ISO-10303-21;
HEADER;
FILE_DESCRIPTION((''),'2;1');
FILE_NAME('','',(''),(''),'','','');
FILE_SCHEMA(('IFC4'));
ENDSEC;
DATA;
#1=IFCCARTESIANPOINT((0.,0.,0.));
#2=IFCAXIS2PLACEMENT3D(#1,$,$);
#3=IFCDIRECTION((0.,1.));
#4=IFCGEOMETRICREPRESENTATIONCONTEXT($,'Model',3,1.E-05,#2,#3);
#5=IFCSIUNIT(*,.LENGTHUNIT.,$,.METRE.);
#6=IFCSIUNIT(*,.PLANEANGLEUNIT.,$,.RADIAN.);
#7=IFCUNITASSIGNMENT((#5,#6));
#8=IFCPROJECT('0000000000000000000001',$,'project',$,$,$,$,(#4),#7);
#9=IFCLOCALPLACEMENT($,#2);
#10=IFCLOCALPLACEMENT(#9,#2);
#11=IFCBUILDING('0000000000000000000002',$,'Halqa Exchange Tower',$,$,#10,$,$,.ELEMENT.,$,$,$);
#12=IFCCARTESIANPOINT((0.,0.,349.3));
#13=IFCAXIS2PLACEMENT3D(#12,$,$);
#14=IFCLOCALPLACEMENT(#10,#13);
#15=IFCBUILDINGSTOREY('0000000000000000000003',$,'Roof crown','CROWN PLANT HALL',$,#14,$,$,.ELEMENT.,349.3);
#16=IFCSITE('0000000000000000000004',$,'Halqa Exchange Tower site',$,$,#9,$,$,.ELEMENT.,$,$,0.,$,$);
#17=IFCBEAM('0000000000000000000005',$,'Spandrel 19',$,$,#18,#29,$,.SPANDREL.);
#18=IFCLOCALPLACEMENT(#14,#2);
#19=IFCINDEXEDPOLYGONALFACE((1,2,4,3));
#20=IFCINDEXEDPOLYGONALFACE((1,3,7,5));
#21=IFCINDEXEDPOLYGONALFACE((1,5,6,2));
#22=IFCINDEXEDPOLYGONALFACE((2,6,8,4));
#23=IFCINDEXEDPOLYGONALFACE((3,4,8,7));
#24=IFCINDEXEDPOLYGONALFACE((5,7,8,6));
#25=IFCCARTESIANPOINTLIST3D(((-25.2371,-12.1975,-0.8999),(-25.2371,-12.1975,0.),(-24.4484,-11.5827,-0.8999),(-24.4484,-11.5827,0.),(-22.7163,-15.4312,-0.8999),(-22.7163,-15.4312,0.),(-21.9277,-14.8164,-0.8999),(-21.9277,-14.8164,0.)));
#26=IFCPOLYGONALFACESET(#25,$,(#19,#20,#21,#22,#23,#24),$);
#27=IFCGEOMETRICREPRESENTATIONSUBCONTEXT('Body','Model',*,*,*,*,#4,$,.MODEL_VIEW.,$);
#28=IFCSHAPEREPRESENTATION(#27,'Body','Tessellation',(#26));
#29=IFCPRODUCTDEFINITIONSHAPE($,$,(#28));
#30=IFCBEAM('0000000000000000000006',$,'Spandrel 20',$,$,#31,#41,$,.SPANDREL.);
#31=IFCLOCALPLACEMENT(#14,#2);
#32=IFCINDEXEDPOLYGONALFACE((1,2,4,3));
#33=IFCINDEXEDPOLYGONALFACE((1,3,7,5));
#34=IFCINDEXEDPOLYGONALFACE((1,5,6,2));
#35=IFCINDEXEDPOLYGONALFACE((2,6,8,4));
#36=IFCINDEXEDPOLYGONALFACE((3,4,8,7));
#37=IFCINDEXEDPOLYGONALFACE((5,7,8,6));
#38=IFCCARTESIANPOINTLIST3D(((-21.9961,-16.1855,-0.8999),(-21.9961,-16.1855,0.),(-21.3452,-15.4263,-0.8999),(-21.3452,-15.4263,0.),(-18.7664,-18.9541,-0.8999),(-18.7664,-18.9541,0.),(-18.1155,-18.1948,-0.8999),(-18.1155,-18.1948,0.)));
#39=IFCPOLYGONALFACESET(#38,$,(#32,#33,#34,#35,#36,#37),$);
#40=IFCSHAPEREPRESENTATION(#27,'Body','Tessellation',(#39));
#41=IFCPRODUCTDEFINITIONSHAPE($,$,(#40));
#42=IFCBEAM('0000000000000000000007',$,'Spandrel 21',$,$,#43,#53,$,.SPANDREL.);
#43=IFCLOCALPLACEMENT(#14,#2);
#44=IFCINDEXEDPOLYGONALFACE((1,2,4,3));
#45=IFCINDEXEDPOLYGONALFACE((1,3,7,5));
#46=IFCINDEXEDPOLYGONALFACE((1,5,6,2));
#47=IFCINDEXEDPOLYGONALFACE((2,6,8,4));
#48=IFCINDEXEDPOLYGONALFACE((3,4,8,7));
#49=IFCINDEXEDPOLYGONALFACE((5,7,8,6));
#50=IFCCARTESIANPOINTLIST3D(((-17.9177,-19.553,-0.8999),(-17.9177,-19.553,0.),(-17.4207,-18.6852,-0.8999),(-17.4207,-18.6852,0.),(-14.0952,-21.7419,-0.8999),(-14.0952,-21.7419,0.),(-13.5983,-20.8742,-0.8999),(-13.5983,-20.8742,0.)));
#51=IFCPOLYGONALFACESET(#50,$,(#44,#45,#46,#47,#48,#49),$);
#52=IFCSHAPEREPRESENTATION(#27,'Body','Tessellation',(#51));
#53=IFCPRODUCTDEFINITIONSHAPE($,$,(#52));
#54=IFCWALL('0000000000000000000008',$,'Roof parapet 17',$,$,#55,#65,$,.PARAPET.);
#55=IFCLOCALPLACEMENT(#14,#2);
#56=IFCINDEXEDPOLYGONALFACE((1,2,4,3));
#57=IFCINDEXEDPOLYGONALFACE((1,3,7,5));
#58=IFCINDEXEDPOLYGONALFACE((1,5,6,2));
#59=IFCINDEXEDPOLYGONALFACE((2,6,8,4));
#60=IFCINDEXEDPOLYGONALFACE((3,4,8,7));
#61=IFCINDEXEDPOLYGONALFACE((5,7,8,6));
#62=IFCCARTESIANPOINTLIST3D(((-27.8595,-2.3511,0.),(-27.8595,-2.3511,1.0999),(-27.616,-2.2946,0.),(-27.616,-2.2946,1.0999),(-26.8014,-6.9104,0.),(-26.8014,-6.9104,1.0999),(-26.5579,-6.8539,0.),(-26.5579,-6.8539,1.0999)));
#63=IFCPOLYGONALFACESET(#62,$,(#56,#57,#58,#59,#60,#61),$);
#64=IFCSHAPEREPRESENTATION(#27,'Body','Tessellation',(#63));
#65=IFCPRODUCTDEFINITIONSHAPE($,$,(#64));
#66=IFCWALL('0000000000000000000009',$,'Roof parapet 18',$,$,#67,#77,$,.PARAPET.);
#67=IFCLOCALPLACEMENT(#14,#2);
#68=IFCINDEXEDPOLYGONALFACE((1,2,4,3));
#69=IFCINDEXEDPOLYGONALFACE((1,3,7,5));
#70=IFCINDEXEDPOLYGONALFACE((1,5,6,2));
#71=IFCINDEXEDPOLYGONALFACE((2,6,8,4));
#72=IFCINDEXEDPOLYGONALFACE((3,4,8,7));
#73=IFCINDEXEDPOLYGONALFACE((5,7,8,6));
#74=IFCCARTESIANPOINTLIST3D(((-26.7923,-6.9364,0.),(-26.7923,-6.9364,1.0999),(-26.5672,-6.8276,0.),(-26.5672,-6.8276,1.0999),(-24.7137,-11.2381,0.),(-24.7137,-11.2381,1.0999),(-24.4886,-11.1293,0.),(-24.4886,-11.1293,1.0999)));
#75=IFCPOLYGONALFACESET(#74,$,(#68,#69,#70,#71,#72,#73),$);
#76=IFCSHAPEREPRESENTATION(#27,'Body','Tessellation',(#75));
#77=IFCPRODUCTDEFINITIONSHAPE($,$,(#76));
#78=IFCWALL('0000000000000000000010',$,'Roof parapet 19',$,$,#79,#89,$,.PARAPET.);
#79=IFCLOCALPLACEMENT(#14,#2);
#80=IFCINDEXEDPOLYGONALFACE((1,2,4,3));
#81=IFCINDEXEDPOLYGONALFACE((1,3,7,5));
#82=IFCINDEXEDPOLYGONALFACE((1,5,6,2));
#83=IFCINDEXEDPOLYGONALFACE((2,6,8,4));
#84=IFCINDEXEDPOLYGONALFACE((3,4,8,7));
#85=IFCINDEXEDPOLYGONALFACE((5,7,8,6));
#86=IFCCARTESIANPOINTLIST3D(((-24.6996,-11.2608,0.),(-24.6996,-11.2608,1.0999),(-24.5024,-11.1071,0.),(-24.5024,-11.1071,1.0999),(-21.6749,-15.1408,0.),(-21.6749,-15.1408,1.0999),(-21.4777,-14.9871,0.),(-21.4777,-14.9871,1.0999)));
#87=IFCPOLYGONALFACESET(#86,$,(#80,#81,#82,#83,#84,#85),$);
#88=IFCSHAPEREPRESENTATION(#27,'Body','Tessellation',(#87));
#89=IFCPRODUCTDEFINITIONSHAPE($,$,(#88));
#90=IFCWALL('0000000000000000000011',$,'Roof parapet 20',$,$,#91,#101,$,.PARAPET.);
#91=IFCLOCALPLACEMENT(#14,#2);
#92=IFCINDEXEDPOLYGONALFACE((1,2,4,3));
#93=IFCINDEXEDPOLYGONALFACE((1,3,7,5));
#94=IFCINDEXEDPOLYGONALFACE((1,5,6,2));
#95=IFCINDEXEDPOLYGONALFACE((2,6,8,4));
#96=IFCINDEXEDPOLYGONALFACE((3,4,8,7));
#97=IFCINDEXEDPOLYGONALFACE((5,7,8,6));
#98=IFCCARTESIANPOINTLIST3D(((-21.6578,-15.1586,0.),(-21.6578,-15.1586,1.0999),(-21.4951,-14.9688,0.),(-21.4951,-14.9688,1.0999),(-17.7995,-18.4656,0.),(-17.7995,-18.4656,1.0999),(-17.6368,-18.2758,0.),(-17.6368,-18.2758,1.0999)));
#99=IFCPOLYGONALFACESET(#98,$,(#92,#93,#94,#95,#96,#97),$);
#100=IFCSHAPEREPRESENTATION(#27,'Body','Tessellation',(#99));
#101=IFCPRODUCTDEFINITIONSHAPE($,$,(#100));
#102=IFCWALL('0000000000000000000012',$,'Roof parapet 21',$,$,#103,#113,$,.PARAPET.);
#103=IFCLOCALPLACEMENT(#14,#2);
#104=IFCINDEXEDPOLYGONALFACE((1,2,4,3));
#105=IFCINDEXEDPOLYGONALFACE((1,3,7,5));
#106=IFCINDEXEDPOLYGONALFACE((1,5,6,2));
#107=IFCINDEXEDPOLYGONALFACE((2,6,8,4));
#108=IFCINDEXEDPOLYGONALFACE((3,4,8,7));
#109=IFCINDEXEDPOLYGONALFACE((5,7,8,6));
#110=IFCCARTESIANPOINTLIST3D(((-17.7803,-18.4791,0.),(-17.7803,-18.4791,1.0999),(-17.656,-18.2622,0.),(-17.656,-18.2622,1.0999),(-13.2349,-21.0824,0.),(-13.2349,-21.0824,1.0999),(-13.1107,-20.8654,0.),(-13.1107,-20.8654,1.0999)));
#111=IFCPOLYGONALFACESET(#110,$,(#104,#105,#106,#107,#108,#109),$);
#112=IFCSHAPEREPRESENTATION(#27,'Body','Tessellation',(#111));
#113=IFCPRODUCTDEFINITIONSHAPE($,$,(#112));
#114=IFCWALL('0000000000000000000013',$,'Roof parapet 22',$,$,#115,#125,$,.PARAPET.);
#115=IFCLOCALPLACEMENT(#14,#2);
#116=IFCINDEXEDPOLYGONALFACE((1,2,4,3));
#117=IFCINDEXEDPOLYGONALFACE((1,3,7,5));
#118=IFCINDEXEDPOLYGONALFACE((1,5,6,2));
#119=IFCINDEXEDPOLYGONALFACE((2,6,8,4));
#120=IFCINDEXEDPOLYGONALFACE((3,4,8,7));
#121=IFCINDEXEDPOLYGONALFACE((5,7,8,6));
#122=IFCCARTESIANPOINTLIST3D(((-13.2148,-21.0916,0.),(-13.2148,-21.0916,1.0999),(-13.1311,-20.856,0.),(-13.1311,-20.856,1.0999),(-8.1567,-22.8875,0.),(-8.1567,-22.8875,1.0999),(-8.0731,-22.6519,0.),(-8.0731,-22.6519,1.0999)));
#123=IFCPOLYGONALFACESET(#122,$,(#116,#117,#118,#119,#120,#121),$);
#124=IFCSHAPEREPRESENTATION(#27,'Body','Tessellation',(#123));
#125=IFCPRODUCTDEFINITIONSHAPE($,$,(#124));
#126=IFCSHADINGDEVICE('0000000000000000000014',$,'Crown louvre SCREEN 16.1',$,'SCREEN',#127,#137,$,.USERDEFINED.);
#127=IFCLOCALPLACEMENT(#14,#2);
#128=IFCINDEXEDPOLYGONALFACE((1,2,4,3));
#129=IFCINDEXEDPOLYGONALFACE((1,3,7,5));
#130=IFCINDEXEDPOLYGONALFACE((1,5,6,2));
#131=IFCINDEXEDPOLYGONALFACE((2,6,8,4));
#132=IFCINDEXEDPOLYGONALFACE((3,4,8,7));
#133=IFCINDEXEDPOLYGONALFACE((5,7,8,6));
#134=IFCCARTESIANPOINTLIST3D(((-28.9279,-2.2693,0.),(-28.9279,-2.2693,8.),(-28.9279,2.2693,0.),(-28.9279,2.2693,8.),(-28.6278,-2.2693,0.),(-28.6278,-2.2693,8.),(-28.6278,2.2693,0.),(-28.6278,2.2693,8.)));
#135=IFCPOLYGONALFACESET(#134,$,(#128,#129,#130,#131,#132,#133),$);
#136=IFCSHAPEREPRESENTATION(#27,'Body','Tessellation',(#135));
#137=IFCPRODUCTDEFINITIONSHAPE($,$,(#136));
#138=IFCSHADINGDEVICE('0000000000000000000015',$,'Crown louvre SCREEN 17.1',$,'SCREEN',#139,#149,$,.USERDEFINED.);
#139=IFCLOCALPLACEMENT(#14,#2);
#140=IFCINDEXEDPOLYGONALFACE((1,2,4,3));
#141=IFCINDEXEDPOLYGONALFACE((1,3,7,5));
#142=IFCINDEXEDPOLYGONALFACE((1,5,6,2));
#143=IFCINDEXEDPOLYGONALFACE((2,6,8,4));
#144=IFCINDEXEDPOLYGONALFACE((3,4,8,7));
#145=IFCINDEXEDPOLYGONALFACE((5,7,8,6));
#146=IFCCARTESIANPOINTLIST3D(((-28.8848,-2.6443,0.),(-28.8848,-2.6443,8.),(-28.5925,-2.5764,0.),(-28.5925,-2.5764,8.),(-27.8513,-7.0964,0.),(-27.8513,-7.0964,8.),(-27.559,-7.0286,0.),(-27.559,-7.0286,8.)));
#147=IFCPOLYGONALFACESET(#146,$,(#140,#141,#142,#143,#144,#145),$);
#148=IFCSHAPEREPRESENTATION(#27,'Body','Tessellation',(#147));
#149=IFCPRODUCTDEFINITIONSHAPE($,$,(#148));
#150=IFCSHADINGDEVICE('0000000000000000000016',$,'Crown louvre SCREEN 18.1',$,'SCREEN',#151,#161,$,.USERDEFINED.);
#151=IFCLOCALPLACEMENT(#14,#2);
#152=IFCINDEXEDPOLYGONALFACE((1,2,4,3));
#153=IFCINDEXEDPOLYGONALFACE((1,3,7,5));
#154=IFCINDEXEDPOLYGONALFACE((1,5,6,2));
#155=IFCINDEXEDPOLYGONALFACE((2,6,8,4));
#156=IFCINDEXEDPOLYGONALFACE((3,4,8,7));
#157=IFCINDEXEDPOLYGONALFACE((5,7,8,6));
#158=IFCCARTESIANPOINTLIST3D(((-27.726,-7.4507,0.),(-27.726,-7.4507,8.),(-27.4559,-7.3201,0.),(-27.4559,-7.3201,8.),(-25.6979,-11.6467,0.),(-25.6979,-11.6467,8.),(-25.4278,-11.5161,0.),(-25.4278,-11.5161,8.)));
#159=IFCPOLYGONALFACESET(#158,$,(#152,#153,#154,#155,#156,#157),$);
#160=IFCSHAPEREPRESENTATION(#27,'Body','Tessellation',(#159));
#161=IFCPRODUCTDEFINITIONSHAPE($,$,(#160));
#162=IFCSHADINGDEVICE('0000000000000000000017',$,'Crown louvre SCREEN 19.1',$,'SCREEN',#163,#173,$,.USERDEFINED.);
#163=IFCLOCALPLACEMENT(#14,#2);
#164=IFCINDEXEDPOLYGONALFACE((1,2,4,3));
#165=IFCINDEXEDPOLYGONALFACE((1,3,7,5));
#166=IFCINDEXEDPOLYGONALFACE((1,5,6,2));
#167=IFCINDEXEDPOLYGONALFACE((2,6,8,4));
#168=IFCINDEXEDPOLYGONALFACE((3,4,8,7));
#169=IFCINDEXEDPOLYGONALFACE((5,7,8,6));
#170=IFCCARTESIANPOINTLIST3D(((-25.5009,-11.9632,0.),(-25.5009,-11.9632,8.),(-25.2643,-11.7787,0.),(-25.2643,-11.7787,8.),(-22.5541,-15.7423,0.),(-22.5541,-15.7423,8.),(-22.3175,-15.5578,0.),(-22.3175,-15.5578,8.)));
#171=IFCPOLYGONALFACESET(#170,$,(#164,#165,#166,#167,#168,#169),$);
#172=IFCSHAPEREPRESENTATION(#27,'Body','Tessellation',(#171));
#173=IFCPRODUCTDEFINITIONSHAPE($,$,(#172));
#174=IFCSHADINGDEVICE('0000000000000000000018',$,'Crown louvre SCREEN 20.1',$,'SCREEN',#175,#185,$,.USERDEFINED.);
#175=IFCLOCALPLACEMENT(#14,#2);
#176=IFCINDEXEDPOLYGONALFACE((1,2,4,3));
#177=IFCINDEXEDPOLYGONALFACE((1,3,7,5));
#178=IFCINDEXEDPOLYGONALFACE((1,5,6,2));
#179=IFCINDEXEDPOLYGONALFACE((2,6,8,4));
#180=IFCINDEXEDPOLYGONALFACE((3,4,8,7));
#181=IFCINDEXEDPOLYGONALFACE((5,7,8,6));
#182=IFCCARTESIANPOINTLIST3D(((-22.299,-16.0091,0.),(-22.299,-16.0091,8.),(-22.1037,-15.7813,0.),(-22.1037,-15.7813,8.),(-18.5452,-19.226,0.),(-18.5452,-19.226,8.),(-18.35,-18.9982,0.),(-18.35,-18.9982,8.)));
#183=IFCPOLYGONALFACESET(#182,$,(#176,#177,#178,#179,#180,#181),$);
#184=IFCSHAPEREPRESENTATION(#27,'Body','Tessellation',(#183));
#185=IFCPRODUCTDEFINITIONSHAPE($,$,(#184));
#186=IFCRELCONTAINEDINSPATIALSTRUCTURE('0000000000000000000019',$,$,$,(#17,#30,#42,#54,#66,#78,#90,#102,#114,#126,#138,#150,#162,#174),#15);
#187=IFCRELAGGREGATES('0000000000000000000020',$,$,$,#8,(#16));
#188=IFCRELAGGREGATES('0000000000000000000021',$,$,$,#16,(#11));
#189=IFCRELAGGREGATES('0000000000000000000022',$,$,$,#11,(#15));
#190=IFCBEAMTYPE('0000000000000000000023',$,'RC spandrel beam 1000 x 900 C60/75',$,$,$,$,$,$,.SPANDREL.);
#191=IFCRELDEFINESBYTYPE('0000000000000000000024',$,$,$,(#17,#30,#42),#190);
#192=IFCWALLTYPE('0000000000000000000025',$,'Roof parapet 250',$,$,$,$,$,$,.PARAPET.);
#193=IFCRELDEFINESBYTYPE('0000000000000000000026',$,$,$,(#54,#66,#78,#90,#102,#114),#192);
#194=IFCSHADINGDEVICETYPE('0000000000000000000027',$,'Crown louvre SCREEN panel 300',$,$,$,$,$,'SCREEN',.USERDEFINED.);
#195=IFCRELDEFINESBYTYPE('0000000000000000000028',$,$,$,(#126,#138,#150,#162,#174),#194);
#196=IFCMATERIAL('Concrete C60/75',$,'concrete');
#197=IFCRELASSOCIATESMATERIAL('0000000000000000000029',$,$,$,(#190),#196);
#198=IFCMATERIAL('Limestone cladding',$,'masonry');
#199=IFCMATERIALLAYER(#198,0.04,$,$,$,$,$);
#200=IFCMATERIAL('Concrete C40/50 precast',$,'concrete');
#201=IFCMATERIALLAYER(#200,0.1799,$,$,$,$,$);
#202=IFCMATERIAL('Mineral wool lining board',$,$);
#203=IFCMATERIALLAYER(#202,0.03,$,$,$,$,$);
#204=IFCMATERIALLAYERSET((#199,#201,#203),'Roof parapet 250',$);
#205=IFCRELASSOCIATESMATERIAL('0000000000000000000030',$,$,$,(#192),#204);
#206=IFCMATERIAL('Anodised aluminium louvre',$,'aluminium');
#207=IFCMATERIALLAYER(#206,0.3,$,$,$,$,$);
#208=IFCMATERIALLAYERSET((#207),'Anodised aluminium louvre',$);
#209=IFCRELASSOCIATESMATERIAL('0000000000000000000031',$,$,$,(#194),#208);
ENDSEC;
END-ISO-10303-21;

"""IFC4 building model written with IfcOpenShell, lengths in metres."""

from ifc_helpers import new_model, si_unit, direction, frame, frame_2d, origin, origin_2d, place, context, subcontext, project, spatial, rectangle, extrude, material, layer, layer_set, material_profile, profile_set, type_object, element, save


model = new_model("IFC4")

# Units and contexts
model_context = context("Model", 3, precision=1e-05, world=origin(), true_north=direction((0.0, 1.0)))
body_context = subcontext(model_context, "Body", "Model", "MODEL_VIEW")
ifc_project = project(units=[si_unit("LENGTHUNIT", "METRE"), si_unit("PLANEANGLEUNIT", "RADIAN")], contexts=[model_context])

# Site, building, storey
site_placement = place(None, origin())
site = spatial("IfcSite", under=ifc_project, at=site_placement, Name="Halqa Exchange Tower site", CompositionType="ELEMENT", RefElevation=0.0)
building_placement = place(site_placement, origin())
building = spatial("IfcBuilding", under=site, at=building_placement, Name="Halqa Exchange Tower", CompositionType="ELEMENT")
storey_placement = place(building_placement, frame((0.0, 0.0, 349.3)))
storey = spatial("IfcBuildingStorey", under=building, at=storey_placement, Name="Roof crown", Description="CROWN PLANT HALL", CompositionType="ELEMENT", Elevation=349.3)

# Beams
ifc_material_1 = material(Name="Concrete C60/75", Category="concrete")
ifc_material_profile_1 = material_profile(ifc_material_1, rectangle(XDim=1.0, YDim=0.8999, at=origin_2d()), Name="1000 x 900")
ifc_profile_set_1 = profile_set([ifc_material_profile_1], Name="Concrete C60/75")
beam_type = type_object("IfcBeamType", Name="RC spandrel beam 1000 x 900 C60/75", PredefinedType="SPANDREL", material=ifc_profile_set_1)
beam_1_placement = place(storey_placement, frame((-24.8428, -11.8901, -0.45), z_axis=(0.614806, -0.788678, 0.0), x_axis=(0.788678, 0.614806, 0.0)))
element("IfcBeam", 1, at=beam_1_placement, inside=storey, type_object=beam_type, Name="Spandrel 19", PredefinedType="SPANDREL", context=body_context, shape_type="SweptSolid", body=[
    extrude(rectangle(XDim=1.0, YDim=0.8999, at=origin_2d()), origin(), (0.0, 0.0, 1.0), 4.1001),
])
beam_2_placement = place(storey_placement, frame((-21.6707, -15.8059, -0.45), z_axis=(0.759232, -0.65082, 0.0), x_axis=(0.65082, 0.759232, 0.0)))
element("IfcBeam", 2, at=beam_2_placement, inside=storey, type_object=beam_type, Name="Spandrel 20", PredefinedType="SPANDREL", context=body_context, shape_type="SweptSolid", body=[
    extrude(rectangle(XDim=1.0, YDim=0.8999, at=origin_2d()), origin(), (0.0, 0.0, 1.0), 4.2539),
])
beam_3_placement = place(storey_placement, frame((-17.6692, -19.1191, -0.45), z_axis=(0.867786, -0.496939, 0.0), x_axis=(0.496939, 0.867786, 0.0)))
element("IfcBeam", 3, at=beam_3_placement, inside=storey, type_object=beam_type, Name="Spandrel 21", PredefinedType="SPANDREL", context=body_context, shape_type="SweptSolid", body=[
    extrude(rectangle(XDim=1.0, YDim=0.8999, at=origin_2d()), origin(), (0.0, 0.0, 1.0), 4.4048),
])

# Walls
ifc_material_2 = material(Name="Limestone cladding", Category="masonry")
ifc_layer_1 = layer(ifc_material_2, 0.04)
ifc_material_3 = material(Name="Concrete C40/50 precast", Category="concrete")
ifc_layer_2 = layer(ifc_material_3, 0.1799)
ifc_material_4 = material(Name="Mineral wool lining board")
ifc_layer_3 = layer(ifc_material_4, 0.03)
ifc_layer_set_1 = layer_set([ifc_layer_1, ifc_layer_2, ifc_layer_3], Name="Roof parapet 250")
wall_type = type_object("IfcWallType", Name="Roof parapet 250", PredefinedType="PARAPET", material=ifc_layer_set_1)
wall_1_placement = place(storey_placement, frame((-27.7378, -2.3228, 0.0), z_axis=(0.0, 0.0, 1.0), x_axis=(0.226067, -0.974112, 0.0)))
element("IfcWall", 4, at=wall_1_placement, inside=storey, type_object=wall_type, Name="Roof parapet 17", PredefinedType="PARAPET", context=body_context, shape_type="SweptSolid", body=[
    extrude(rectangle(XDim=4.6804, YDim=0.25, at=frame_2d((2.3403, 0.0))), origin(), (0.0, 0.0, 1.0), 1.0999),
])
wall_2_placement = place(storey_placement, frame((-26.6797, -6.8821, 0.0), z_axis=(0.0, 0.0, 1.0), x_axis=(0.435072, -0.900396, 0.0)))
element("IfcWall", 5, at=wall_2_placement, inside=storey, type_object=wall_type, Name="Roof parapet 18", PredefinedType="PARAPET", context=body_context, shape_type="SweptSolid", body=[
    extrude(rectangle(XDim=4.7776, YDim=0.25, at=frame_2d((2.3887, 0.0))), origin(), (0.0, 0.0, 1.0), 1.0999),
])
wall_3_placement = place(storey_placement, frame((-24.6011, -11.1838, 0.0), z_axis=(0.0, 0.0, 1.0), x_axis=(0.614823, -0.788665, 0.0)))
element("IfcWall", 6, at=wall_3_placement, inside=storey, type_object=wall_type, Name="Roof parapet 19", PredefinedType="PARAPET", context=body_context, shape_type="SweptSolid", body=[
    extrude(rectangle(XDim=4.9197, YDim=0.25, at=frame_2d((2.46, 0.0))), origin(), (0.0, 0.0, 1.0), 1.0999),
])
wall_4_placement = place(storey_placement, frame((-21.5764, -15.0637, 0.0), z_axis=(0.0, 0.0, 1.0), x_axis=(0.759267, -0.65078, 0.0)))
element("IfcWall", 7, at=wall_4_placement, inside=storey, type_object=wall_type, Name="Roof parapet 20", PredefinedType="PARAPET", context=body_context, shape_type="SweptSolid", body=[
    extrude(rectangle(XDim=5.0815, YDim=0.25, at=frame_2d((2.5408, 0.0))), origin(), (0.0, 0.0, 1.0), 1.0999),
])
wall_5_placement = place(storey_placement, frame((-17.7183, -18.3706, 0.0), z_axis=(0.0, 0.0, 1.0), x_axis=(0.867758, -0.496987, 0.0)))
element("IfcWall", 8, at=wall_5_placement, inside=storey, type_object=wall_type, Name="Roof parapet 21", PredefinedType="PARAPET", context=body_context, shape_type="SweptSolid", body=[
    extrude(rectangle(XDim=5.238, YDim=0.25, at=frame_2d((2.6191, 0.0))), origin(), (0.0, 0.0, 1.0), 1.0999),
])
wall_6_placement = place(storey_placement, frame((-13.1729, -20.9739, 0.0), z_axis=(0.0, 0.0, 1.0), x_axis=(0.942364, -0.33459, 0.0)))
element("IfcWall", 9, at=wall_6_placement, inside=storey, type_object=wall_type, Name="Roof parapet 22", PredefinedType="PARAPET", context=body_context, shape_type="SweptSolid", body=[
    extrude(rectangle(XDim=5.3674, YDim=0.25, at=frame_2d((2.6836, 0.0))), origin(), (0.0, 0.0, 1.0), 1.0999),
])

# Shading devices
ifc_material_5 = material(Name="Anodised aluminium louvre", Category="aluminium")
ifc_layer_4 = layer(ifc_material_5, 0.3)
ifc_layer_set_2 = layer_set([ifc_layer_4], Name="Anodised aluminium louvre")
shading_device_type = type_object("IfcShadingDeviceType", Name="Crown louvre SCREEN panel 300", ElementType="SCREEN", PredefinedType="USERDEFINED", material=ifc_layer_set_2)
shading_device_1_placement = place(storey_placement, frame((-28.7778, 0.0, 0.0), z_axis=(0.0, 0.0, 1.0), x_axis=(0.0, -1.0, 0.0)))
element("IfcShadingDevice", 10, at=shading_device_1_placement, inside=storey, type_object=shading_device_type, Name="Crown louvre SCREEN 16.1", ObjectType="SCREEN", PredefinedType="USERDEFINED", context=body_context, shape_type="SweptSolid", body=[
    extrude(rectangle(XDim=4.5386, YDim=0.3, at=origin_2d()), origin(), (0.0, 0.0, 1.0), 8.0),
])
shading_device_2_placement = place(storey_placement, frame((-28.2219, -4.8364, 0.0), z_axis=(0.0, 0.0, 1.0), x_axis=(0.226121, -0.974099, 0.0)))
element("IfcShadingDevice", 11, at=shading_device_2_placement, inside=storey, type_object=shading_device_type, Name="Crown louvre SCREEN 17.1", ObjectType="SCREEN", PredefinedType="USERDEFINED", context=body_context, shape_type="SweptSolid", body=[
    extrude(rectangle(XDim=4.5706, YDim=0.3, at=origin_2d()), origin(), (0.0, 0.0, 1.0), 8.0),
])
shading_device_3_placement = place(storey_placement, frame((-26.5769, -9.4834, 0.0), z_axis=(0.0, 0.0, 1.0), x_axis=(0.435179, -0.900344, 0.0)))
element("IfcShadingDevice", 12, at=shading_device_3_placement, inside=storey, type_object=shading_device_type, Name="Crown louvre SCREEN 18.1", ObjectType="SCREEN", PredefinedType="USERDEFINED", context=body_context, shape_type="SweptSolid", body=[
    extrude(rectangle(XDim=4.6604, YDim=0.3, at=origin_2d()), origin(), (0.0, 0.0, 1.0), 8.0),
])
shading_device_4_placement = place(storey_placement, frame((-23.9092, -13.7605, 0.0), z_axis=(0.0, 0.0, 1.0), x_axis=(0.614908, -0.788599, 0.0)))
element("IfcShadingDevice", 13, at=shading_device_4_placement, inside=storey, type_object=shading_device_type, Name="Crown louvre SCREEN 19.1", ObjectType="SCREEN", PredefinedType="USERDEFINED", context=body_context, shape_type="SweptSolid", body=[
    extrude(rectangle(XDim=4.7922, YDim=0.3, at=origin_2d()), origin(), (0.0, 0.0, 1.0), 8.0),
])
shading_device_5_placement = place(storey_placement, frame((-20.3245, -17.5037, 0.0), z_axis=(0.0, 0.0, 1.0), x_axis=(0.759318, -0.65072, 0.0)))
element("IfcShadingDevice", 14, at=shading_device_5_placement, inside=storey, type_object=shading_device_type, Name="Crown louvre SCREEN 20.1", ObjectType="SCREEN", PredefinedType="USERDEFINED", context=body_context, shape_type="SweptSolid", body=[
    extrude(rectangle(XDim=4.9436, YDim=0.3, at=origin_2d()), origin(), (0.0, 0.0, 1.0), 8.0),
])

save(model, "model.ifc")
